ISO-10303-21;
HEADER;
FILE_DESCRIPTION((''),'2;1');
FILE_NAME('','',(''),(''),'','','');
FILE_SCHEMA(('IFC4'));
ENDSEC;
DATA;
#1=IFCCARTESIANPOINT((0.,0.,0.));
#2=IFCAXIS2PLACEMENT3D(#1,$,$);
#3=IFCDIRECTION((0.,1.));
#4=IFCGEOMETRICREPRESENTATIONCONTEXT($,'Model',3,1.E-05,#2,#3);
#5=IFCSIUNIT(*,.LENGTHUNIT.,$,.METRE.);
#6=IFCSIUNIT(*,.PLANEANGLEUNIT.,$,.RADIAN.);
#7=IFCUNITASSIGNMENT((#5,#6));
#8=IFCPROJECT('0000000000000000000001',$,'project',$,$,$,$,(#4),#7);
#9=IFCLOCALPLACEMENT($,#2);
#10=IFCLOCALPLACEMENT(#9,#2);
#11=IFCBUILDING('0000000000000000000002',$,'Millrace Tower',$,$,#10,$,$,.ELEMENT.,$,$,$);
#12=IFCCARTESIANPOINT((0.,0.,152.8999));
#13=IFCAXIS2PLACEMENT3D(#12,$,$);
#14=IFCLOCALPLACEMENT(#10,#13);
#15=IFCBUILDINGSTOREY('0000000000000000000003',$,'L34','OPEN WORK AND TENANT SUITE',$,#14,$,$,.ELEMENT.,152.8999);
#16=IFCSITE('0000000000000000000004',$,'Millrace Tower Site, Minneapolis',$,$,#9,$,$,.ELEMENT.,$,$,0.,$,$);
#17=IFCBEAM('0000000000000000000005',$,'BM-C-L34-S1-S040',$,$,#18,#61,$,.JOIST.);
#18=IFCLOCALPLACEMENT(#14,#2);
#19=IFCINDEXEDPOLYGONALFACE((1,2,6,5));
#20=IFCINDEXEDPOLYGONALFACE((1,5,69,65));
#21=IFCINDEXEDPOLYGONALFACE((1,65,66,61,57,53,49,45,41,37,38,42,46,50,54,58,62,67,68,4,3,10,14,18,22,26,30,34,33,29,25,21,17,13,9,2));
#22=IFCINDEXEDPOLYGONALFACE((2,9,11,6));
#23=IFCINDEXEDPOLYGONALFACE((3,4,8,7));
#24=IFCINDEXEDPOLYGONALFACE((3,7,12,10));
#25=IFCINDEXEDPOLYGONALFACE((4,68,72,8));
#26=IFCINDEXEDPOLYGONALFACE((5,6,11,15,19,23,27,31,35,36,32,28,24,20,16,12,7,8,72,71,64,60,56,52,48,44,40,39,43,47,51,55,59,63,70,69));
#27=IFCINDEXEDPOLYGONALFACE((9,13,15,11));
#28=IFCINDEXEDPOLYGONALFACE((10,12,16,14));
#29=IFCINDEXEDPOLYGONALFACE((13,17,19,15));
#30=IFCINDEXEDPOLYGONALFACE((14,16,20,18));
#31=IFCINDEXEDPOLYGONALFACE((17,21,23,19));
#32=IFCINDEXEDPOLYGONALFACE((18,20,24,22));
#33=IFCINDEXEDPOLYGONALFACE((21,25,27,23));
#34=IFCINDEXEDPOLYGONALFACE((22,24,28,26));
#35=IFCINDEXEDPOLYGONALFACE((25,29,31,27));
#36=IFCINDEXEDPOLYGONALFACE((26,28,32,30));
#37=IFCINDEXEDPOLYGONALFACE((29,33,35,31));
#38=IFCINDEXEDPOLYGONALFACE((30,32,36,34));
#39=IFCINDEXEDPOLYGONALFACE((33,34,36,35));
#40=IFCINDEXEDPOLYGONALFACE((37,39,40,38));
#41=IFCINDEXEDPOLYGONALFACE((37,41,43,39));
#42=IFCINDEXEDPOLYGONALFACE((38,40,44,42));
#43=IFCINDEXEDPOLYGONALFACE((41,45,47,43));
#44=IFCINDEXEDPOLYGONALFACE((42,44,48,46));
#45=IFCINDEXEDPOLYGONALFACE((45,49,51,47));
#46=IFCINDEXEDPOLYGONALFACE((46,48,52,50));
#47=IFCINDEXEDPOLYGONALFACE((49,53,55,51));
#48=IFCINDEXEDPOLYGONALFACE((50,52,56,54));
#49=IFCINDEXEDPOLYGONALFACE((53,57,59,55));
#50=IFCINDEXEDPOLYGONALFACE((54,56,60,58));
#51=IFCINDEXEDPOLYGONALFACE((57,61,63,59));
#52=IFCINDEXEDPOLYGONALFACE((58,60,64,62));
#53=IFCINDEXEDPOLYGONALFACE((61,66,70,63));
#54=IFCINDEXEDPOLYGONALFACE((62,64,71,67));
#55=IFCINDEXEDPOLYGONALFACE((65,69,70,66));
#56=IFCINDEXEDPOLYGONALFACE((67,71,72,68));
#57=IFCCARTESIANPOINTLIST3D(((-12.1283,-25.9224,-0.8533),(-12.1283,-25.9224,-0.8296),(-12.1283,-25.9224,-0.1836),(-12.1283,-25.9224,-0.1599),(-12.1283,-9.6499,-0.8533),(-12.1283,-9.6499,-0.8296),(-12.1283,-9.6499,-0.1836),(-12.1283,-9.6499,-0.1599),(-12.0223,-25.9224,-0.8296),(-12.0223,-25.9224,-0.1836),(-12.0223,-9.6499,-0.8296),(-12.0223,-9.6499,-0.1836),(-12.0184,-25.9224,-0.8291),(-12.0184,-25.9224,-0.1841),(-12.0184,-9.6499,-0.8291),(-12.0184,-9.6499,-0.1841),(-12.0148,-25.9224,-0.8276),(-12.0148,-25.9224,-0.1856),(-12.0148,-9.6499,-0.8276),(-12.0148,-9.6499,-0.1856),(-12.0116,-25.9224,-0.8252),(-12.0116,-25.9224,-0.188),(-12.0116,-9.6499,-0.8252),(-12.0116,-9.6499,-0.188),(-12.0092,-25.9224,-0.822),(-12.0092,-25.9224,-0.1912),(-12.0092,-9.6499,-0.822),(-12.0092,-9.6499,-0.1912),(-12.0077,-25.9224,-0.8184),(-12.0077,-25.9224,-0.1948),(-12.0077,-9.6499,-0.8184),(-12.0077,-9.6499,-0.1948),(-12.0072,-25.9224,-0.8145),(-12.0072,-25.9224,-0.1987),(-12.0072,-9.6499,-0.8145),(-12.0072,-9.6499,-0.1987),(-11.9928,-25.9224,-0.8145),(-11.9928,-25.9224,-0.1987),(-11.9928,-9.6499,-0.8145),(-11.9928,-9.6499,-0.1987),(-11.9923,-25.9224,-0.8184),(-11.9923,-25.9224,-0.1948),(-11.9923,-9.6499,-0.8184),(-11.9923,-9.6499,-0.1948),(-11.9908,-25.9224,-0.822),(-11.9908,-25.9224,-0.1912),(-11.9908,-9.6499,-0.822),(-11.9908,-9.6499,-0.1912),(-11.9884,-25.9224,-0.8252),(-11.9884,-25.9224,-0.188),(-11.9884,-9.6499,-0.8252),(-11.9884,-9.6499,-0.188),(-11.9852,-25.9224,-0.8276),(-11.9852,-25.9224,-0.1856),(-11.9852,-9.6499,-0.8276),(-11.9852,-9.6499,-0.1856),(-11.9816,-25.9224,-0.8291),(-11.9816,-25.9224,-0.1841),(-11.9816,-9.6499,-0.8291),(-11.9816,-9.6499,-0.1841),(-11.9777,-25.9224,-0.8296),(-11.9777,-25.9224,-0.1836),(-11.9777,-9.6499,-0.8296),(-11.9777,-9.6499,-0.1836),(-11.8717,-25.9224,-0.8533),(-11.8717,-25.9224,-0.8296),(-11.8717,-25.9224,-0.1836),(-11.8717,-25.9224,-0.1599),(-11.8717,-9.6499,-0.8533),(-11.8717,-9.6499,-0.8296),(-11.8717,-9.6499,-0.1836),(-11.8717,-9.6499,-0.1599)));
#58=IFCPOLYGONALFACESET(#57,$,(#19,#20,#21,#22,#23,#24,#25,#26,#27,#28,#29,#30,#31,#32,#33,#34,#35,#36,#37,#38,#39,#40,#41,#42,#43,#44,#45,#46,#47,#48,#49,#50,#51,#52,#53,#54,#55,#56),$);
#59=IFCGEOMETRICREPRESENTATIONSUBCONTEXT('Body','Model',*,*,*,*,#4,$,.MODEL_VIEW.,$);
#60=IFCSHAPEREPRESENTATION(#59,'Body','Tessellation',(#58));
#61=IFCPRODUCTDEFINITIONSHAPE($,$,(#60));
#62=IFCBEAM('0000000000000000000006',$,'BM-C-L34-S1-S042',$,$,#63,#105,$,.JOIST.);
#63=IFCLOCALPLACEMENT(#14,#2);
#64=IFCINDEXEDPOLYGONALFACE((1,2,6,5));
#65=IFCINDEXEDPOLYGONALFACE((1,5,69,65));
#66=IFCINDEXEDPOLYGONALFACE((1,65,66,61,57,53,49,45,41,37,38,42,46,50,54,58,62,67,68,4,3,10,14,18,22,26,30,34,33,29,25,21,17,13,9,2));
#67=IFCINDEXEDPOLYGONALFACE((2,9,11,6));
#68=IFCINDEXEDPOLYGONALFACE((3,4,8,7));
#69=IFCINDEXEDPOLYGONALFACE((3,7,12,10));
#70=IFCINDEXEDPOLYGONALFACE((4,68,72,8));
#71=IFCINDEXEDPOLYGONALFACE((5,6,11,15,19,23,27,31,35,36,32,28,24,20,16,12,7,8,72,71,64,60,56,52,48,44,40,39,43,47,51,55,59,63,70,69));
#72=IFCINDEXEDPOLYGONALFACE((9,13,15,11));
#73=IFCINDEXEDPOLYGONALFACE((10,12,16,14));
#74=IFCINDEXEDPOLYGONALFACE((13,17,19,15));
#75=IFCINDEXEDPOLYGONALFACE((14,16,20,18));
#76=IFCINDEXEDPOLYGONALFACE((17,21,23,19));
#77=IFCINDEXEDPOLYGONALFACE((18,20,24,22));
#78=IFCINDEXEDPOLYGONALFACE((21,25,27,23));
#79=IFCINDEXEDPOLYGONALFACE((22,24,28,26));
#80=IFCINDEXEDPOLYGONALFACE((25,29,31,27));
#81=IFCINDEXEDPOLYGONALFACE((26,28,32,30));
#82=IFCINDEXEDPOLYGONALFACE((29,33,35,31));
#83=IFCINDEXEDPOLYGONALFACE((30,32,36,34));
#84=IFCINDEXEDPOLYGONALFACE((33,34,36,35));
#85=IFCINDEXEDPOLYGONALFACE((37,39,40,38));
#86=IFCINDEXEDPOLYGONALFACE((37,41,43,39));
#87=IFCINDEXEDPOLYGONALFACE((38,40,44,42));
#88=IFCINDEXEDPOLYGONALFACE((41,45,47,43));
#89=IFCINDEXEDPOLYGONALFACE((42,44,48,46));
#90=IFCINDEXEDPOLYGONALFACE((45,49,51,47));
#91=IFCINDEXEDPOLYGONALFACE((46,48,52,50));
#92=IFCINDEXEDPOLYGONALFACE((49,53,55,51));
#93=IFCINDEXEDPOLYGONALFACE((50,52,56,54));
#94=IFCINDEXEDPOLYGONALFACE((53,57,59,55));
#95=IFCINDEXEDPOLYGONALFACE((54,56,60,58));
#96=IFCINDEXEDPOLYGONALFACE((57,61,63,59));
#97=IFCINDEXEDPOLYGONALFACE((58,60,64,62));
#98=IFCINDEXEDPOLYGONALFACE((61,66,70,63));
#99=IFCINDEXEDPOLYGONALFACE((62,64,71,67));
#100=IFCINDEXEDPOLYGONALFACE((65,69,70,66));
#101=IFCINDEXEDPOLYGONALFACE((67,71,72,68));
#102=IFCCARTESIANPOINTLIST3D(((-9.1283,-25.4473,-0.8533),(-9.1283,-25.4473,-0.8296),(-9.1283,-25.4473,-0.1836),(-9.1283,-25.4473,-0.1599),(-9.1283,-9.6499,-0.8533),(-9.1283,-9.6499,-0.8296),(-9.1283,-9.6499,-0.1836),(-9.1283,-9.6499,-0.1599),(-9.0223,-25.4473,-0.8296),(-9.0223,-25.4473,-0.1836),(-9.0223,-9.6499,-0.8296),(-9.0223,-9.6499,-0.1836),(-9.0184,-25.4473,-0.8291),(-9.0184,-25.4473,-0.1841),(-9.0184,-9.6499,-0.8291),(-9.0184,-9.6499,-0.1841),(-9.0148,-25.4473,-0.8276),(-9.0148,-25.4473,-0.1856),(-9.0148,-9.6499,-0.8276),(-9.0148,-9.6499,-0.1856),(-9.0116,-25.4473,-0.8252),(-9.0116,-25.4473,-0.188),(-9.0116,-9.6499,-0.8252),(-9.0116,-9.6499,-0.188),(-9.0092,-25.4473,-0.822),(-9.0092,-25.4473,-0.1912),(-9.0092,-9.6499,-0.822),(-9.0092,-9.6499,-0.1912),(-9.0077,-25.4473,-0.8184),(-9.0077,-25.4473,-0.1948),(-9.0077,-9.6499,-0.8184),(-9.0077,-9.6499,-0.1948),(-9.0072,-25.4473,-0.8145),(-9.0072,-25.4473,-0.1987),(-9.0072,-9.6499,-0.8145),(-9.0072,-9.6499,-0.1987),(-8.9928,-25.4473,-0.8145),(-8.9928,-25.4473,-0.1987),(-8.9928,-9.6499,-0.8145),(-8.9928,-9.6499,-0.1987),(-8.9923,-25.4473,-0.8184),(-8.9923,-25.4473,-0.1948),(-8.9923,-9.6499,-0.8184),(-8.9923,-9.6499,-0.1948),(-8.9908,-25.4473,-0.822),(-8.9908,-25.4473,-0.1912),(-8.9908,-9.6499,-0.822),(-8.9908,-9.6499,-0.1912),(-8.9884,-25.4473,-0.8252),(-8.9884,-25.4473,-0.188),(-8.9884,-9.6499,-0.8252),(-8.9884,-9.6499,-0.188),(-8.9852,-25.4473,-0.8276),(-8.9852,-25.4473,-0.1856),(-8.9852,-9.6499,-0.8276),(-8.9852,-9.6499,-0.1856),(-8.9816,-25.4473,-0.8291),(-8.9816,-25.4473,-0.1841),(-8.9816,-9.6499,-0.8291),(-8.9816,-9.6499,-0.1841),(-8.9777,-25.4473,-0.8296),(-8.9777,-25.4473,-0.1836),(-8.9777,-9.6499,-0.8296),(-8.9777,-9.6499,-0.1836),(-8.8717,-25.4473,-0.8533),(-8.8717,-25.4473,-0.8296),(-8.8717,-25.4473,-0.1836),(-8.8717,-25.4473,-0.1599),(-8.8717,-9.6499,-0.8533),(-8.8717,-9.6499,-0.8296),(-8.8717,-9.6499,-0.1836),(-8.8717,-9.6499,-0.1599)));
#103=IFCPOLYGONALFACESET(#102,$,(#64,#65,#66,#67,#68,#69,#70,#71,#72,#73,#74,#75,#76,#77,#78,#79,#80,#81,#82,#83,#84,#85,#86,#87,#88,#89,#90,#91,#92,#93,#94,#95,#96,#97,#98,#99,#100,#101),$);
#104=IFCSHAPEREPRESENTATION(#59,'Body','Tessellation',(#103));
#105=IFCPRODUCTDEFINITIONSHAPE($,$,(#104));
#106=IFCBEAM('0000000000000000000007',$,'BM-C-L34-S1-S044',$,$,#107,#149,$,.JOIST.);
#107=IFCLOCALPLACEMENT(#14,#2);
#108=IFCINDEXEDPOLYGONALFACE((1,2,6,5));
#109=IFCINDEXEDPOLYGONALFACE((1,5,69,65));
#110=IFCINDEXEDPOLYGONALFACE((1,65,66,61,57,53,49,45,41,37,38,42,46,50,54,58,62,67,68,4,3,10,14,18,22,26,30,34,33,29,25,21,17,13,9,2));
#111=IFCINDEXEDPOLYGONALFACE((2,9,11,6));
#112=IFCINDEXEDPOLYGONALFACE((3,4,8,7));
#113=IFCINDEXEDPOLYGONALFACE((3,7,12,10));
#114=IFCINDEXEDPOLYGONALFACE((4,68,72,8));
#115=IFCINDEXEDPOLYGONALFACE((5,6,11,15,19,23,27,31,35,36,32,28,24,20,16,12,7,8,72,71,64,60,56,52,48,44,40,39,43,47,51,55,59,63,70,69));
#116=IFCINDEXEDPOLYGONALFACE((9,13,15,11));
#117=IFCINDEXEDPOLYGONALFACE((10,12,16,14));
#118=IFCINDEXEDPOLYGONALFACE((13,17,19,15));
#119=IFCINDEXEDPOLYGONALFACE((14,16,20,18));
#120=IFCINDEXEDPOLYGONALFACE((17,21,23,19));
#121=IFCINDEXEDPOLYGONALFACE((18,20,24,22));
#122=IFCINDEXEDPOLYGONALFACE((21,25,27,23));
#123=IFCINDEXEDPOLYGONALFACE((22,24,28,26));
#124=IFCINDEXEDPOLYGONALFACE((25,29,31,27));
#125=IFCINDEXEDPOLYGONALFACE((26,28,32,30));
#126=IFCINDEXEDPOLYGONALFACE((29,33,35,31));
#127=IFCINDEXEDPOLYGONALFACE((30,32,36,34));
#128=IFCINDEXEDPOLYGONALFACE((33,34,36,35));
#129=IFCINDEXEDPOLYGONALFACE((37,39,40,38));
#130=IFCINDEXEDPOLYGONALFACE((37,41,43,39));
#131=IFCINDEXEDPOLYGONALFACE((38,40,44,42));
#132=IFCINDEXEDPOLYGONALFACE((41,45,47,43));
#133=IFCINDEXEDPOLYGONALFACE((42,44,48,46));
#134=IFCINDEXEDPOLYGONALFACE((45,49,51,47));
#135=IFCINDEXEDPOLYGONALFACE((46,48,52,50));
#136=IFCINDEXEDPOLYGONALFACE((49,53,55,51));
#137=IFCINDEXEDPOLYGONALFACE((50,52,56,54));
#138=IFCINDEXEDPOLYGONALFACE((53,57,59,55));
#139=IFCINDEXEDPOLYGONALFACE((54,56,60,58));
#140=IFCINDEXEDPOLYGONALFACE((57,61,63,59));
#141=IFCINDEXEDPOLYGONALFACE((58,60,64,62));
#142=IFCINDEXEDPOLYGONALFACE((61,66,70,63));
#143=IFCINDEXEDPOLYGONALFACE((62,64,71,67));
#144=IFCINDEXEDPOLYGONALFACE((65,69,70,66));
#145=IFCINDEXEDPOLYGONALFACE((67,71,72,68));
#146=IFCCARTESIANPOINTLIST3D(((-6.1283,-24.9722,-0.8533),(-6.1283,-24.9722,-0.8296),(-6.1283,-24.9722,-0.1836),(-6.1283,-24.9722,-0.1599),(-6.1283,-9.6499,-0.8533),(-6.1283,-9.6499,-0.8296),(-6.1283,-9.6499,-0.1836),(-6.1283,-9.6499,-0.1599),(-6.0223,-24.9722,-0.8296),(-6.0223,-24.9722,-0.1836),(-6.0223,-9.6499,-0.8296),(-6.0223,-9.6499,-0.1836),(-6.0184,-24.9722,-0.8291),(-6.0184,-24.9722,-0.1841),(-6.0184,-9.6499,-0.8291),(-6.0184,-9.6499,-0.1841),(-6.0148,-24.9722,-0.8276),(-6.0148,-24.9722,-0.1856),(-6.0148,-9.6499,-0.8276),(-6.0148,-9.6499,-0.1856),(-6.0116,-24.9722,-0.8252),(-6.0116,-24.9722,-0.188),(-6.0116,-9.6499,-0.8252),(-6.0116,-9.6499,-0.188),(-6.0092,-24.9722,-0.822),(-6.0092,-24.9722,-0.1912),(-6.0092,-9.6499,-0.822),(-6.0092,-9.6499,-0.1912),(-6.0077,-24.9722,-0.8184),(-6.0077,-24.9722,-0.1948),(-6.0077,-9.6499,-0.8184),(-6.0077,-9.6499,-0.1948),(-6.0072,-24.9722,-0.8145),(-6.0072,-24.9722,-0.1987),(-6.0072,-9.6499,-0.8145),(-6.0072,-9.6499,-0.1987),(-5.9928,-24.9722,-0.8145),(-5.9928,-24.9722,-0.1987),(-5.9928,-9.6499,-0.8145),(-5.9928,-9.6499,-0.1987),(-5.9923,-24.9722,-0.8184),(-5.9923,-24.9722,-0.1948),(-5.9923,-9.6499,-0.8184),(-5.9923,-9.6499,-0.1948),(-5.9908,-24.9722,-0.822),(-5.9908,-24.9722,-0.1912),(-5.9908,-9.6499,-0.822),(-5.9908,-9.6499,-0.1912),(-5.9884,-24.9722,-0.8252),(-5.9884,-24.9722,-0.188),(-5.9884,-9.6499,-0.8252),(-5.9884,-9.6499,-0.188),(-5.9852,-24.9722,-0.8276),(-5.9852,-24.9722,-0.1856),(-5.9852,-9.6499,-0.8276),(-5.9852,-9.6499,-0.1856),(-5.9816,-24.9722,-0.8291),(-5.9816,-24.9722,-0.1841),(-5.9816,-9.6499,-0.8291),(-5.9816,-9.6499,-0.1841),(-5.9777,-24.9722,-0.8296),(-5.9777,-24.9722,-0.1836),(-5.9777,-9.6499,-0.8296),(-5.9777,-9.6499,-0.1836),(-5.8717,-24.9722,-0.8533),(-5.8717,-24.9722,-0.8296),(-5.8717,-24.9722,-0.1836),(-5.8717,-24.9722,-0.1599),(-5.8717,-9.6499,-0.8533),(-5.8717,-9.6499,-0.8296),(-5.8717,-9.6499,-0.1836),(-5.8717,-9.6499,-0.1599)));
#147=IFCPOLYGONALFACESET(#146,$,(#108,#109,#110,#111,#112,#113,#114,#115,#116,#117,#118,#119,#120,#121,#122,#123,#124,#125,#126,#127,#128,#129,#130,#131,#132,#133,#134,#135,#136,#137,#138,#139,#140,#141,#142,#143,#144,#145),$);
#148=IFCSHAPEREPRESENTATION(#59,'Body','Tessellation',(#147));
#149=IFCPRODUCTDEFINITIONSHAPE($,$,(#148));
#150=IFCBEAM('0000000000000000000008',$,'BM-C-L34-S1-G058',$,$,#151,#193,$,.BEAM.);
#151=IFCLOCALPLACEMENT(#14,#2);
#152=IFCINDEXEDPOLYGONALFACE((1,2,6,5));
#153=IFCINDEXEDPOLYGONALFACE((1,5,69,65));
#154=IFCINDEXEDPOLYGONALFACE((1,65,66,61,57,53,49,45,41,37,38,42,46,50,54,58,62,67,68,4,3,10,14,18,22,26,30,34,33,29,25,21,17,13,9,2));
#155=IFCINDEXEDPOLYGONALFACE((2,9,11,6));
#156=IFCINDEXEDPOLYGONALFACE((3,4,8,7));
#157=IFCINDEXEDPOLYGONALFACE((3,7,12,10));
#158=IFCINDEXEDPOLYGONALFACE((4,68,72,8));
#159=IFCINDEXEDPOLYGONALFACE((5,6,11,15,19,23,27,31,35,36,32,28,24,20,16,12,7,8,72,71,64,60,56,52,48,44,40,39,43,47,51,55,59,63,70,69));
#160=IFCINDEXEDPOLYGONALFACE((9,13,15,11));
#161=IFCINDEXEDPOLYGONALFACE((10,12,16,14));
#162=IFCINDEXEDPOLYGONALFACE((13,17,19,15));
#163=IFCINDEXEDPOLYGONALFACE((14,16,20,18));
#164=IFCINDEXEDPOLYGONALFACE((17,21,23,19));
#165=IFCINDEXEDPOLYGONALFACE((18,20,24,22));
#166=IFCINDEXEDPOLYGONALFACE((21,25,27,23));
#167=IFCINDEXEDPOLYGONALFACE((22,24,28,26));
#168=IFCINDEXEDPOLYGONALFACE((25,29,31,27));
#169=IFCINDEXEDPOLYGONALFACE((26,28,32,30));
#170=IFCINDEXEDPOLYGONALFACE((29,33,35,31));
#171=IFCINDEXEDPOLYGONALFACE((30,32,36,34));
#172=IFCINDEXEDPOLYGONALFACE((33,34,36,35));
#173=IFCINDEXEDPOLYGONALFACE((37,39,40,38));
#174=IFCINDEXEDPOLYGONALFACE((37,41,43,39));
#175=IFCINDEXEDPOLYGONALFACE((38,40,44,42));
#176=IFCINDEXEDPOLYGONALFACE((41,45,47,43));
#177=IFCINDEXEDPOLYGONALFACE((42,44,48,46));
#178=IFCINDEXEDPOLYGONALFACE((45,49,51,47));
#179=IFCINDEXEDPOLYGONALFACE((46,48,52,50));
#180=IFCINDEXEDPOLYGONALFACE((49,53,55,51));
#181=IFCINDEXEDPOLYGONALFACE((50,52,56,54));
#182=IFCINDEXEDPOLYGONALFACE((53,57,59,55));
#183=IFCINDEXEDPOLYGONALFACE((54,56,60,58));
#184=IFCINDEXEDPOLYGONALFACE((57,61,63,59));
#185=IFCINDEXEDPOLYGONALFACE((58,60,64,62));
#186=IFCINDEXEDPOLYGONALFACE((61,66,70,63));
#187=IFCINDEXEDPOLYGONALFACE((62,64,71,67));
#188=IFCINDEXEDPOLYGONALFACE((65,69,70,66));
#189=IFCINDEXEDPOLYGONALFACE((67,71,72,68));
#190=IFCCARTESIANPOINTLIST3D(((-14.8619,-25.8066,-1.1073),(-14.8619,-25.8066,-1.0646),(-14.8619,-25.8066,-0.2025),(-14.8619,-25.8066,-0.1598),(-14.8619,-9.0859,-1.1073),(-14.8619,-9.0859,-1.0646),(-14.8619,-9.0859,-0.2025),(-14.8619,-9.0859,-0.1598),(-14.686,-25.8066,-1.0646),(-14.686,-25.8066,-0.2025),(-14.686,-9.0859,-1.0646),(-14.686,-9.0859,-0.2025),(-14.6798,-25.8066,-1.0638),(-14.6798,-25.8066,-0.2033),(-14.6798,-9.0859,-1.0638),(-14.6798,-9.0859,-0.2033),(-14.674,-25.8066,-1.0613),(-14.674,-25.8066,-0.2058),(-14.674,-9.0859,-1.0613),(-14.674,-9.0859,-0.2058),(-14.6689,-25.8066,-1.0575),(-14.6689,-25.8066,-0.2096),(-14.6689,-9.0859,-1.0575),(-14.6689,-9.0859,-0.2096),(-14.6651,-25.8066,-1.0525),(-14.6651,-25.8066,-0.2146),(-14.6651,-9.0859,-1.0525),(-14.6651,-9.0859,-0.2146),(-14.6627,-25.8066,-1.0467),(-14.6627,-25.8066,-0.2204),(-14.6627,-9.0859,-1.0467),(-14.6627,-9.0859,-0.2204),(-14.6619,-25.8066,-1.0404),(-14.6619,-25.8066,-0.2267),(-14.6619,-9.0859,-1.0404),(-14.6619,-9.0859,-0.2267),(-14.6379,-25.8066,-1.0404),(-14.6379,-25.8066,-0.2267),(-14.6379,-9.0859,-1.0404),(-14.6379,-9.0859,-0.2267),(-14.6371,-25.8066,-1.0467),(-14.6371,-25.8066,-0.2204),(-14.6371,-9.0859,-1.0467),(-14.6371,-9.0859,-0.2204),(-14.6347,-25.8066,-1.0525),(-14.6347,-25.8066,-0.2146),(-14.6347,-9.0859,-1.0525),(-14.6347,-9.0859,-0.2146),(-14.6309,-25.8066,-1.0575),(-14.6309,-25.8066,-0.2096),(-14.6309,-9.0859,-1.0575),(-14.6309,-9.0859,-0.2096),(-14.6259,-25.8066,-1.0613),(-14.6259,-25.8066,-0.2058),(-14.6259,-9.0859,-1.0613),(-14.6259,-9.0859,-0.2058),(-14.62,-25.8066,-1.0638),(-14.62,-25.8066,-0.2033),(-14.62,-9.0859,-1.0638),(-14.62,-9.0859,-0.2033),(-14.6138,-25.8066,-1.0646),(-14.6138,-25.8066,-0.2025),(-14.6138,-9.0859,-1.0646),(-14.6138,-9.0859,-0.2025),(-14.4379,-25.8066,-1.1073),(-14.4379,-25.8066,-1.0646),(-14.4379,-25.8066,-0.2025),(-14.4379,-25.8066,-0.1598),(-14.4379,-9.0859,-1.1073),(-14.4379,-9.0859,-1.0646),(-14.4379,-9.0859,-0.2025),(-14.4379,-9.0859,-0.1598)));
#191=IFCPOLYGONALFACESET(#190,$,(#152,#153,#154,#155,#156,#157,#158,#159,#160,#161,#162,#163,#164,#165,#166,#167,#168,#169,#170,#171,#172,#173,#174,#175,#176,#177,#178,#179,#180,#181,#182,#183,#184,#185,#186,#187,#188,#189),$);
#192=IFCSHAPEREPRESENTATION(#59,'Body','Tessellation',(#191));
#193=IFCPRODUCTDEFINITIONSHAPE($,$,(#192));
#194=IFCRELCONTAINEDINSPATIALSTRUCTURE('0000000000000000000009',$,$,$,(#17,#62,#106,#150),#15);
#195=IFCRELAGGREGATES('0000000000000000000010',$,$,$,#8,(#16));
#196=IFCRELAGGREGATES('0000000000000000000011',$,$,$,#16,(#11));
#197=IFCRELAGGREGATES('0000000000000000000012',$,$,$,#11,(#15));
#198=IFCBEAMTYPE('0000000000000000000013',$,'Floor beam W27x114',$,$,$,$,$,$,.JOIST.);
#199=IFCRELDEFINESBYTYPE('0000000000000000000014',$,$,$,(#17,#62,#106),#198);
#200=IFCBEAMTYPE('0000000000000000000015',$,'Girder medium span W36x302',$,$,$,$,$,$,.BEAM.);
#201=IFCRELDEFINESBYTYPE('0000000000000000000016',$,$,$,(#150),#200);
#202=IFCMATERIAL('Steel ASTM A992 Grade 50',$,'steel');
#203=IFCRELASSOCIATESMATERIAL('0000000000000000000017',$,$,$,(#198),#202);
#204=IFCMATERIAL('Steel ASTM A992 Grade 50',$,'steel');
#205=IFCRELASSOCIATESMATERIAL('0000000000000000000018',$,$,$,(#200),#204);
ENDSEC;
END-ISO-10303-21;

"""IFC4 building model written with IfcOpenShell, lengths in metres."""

from ifc_helpers import new_model, si_unit, direction, frame, origin, origin_2d, place, context, subcontext, project, spatial, i_section, extrude, material, material_profile, profile_set, type_object, element, save


model = new_model("IFC4")

# Units and contexts
model_context = context("Model", 3, precision=1e-05, world=origin(), true_north=direction((0.0, 1.0)))
body_context = subcontext(model_context, "Body", "Model", "MODEL_VIEW")
ifc_project = project(units=[si_unit("LENGTHUNIT", "METRE"), si_unit("PLANEANGLEUNIT", "RADIAN")], contexts=[model_context])

# Site, building, storey
site_placement = place(None, origin())
site = spatial("IfcSite", under=ifc_project, at=site_placement, Name="Millrace Tower Site, Minneapolis", CompositionType="ELEMENT", RefElevation=0.0)
building_placement = place(site_placement, origin())
building = spatial("IfcBuilding", under=site, at=building_placement, Name="Millrace Tower", CompositionType="ELEMENT")
storey_placement = place(building_placement, frame((0.0, 0.0, 152.8999)))
storey = spatial("IfcBuildingStorey", under=building, at=storey_placement, Name="L34", Description="OPEN WORK AND TENANT SUITE", CompositionType="ELEMENT", Elevation=152.8999)

# Beams
ifc_material_1 = material(Name="Steel ASTM A992 Grade 50", Category="steel")
ifc_material_profile_1 = material_profile(ifc_material_1, i_section(OverallWidth=0.2566, OverallDepth=0.6934, WebThickness=0.0144, FlangeThickness=0.0237, FilletRadius=0.0151, at=origin_2d()))
ifc_profile_set_1 = profile_set([ifc_material_profile_1], Name="Steel ASTM A992 Grade 50")
beam_type_1 = type_object("IfcBeamType", Name="Floor beam W27x114", PredefinedType="JOIST", material=ifc_profile_set_1)
beam_1_placement = place(storey_placement, frame((-12.0, -25.9224, -0.5066), z_axis=(0.0, 1.0, 0.0), x_axis=(-1.0, 0.0, 0.0)))
element("IfcBeam", 1, at=beam_1_placement, inside=storey, type_object=beam_type_1, Name="BM-C-L34-S1-S040", PredefinedType="JOIST", context=body_context, shape_type="SweptSolid", body=[
    extrude(i_section(OverallWidth=0.2566, OverallDepth=0.6934, WebThickness=0.0144, FlangeThickness=0.0237, FilletRadius=0.0151, at=origin_2d()), origin(), (0.0, 0.0, 1.0), 16.2725),
])
beam_2_placement = place(storey_placement, frame((-9.0, -25.4473, -0.5066), z_axis=(0.0, 1.0, 0.0), x_axis=(-1.0, 0.0, 0.0)))
element("IfcBeam", 2, at=beam_2_placement, inside=storey, type_object=beam_type_1, Name="BM-C-L34-S1-S042", PredefinedType="JOIST", context=body_context, shape_type="SweptSolid", body=[
    extrude(i_section(OverallWidth=0.2566, OverallDepth=0.6934, WebThickness=0.0144, FlangeThickness=0.0237, FilletRadius=0.0151, at=origin_2d()), origin(), (0.0, 0.0, 1.0), 15.7974),
])
beam_3_placement = place(storey_placement, frame((-6.0, -24.9722, -0.5066), z_axis=(0.0, 1.0, 0.0), x_axis=(-1.0, 0.0, 0.0)))
element("IfcBeam", 3, at=beam_3_placement, inside=storey, type_object=beam_type_1, Name="BM-C-L34-S1-S044", PredefinedType="JOIST", context=body_context, shape_type="SweptSolid", body=[
    extrude(i_section(OverallWidth=0.2566, OverallDepth=0.6934, WebThickness=0.0144, FlangeThickness=0.0237, FilletRadius=0.0151, at=origin_2d()), origin(), (0.0, 0.0, 1.0), 15.3223),
])
ifc_material_2 = material(Name="Steel ASTM A992 Grade 50", Category="steel")
ifc_material_profile_2 = material_profile(ifc_material_2, i_section(OverallWidth=0.4241, OverallDepth=0.9475, WebThickness=0.0239, FlangeThickness=0.0427, FilletRadius=0.0242, at=origin_2d()))
ifc_profile_set_2 = profile_set([ifc_material_profile_2], Name="Steel ASTM A992 Grade 50")
beam_type_2 = type_object("IfcBeamType", Name="Girder medium span W36x302", PredefinedType="BEAM", material=ifc_profile_set_2)
beam_4_placement = place(storey_placement, frame((-14.6499, -25.8066, -0.6335), z_axis=(0.0, 1.0, 0.0), x_axis=(-1.0, 0.0, 0.0)))
element("IfcBeam", 4, at=beam_4_placement, inside=storey, type_object=beam_type_2, Name="BM-C-L34-S1-G058", PredefinedType="BEAM", context=body_context, shape_type="SweptSolid", body=[
    extrude(i_section(OverallWidth=0.4241, OverallDepth=0.9475, WebThickness=0.0239, FlangeThickness=0.0427, FilletRadius=0.0242, at=origin_2d()), origin(), (0.0, 0.0, 1.0), 16.7207),
])

save(model, "model.ifc")
